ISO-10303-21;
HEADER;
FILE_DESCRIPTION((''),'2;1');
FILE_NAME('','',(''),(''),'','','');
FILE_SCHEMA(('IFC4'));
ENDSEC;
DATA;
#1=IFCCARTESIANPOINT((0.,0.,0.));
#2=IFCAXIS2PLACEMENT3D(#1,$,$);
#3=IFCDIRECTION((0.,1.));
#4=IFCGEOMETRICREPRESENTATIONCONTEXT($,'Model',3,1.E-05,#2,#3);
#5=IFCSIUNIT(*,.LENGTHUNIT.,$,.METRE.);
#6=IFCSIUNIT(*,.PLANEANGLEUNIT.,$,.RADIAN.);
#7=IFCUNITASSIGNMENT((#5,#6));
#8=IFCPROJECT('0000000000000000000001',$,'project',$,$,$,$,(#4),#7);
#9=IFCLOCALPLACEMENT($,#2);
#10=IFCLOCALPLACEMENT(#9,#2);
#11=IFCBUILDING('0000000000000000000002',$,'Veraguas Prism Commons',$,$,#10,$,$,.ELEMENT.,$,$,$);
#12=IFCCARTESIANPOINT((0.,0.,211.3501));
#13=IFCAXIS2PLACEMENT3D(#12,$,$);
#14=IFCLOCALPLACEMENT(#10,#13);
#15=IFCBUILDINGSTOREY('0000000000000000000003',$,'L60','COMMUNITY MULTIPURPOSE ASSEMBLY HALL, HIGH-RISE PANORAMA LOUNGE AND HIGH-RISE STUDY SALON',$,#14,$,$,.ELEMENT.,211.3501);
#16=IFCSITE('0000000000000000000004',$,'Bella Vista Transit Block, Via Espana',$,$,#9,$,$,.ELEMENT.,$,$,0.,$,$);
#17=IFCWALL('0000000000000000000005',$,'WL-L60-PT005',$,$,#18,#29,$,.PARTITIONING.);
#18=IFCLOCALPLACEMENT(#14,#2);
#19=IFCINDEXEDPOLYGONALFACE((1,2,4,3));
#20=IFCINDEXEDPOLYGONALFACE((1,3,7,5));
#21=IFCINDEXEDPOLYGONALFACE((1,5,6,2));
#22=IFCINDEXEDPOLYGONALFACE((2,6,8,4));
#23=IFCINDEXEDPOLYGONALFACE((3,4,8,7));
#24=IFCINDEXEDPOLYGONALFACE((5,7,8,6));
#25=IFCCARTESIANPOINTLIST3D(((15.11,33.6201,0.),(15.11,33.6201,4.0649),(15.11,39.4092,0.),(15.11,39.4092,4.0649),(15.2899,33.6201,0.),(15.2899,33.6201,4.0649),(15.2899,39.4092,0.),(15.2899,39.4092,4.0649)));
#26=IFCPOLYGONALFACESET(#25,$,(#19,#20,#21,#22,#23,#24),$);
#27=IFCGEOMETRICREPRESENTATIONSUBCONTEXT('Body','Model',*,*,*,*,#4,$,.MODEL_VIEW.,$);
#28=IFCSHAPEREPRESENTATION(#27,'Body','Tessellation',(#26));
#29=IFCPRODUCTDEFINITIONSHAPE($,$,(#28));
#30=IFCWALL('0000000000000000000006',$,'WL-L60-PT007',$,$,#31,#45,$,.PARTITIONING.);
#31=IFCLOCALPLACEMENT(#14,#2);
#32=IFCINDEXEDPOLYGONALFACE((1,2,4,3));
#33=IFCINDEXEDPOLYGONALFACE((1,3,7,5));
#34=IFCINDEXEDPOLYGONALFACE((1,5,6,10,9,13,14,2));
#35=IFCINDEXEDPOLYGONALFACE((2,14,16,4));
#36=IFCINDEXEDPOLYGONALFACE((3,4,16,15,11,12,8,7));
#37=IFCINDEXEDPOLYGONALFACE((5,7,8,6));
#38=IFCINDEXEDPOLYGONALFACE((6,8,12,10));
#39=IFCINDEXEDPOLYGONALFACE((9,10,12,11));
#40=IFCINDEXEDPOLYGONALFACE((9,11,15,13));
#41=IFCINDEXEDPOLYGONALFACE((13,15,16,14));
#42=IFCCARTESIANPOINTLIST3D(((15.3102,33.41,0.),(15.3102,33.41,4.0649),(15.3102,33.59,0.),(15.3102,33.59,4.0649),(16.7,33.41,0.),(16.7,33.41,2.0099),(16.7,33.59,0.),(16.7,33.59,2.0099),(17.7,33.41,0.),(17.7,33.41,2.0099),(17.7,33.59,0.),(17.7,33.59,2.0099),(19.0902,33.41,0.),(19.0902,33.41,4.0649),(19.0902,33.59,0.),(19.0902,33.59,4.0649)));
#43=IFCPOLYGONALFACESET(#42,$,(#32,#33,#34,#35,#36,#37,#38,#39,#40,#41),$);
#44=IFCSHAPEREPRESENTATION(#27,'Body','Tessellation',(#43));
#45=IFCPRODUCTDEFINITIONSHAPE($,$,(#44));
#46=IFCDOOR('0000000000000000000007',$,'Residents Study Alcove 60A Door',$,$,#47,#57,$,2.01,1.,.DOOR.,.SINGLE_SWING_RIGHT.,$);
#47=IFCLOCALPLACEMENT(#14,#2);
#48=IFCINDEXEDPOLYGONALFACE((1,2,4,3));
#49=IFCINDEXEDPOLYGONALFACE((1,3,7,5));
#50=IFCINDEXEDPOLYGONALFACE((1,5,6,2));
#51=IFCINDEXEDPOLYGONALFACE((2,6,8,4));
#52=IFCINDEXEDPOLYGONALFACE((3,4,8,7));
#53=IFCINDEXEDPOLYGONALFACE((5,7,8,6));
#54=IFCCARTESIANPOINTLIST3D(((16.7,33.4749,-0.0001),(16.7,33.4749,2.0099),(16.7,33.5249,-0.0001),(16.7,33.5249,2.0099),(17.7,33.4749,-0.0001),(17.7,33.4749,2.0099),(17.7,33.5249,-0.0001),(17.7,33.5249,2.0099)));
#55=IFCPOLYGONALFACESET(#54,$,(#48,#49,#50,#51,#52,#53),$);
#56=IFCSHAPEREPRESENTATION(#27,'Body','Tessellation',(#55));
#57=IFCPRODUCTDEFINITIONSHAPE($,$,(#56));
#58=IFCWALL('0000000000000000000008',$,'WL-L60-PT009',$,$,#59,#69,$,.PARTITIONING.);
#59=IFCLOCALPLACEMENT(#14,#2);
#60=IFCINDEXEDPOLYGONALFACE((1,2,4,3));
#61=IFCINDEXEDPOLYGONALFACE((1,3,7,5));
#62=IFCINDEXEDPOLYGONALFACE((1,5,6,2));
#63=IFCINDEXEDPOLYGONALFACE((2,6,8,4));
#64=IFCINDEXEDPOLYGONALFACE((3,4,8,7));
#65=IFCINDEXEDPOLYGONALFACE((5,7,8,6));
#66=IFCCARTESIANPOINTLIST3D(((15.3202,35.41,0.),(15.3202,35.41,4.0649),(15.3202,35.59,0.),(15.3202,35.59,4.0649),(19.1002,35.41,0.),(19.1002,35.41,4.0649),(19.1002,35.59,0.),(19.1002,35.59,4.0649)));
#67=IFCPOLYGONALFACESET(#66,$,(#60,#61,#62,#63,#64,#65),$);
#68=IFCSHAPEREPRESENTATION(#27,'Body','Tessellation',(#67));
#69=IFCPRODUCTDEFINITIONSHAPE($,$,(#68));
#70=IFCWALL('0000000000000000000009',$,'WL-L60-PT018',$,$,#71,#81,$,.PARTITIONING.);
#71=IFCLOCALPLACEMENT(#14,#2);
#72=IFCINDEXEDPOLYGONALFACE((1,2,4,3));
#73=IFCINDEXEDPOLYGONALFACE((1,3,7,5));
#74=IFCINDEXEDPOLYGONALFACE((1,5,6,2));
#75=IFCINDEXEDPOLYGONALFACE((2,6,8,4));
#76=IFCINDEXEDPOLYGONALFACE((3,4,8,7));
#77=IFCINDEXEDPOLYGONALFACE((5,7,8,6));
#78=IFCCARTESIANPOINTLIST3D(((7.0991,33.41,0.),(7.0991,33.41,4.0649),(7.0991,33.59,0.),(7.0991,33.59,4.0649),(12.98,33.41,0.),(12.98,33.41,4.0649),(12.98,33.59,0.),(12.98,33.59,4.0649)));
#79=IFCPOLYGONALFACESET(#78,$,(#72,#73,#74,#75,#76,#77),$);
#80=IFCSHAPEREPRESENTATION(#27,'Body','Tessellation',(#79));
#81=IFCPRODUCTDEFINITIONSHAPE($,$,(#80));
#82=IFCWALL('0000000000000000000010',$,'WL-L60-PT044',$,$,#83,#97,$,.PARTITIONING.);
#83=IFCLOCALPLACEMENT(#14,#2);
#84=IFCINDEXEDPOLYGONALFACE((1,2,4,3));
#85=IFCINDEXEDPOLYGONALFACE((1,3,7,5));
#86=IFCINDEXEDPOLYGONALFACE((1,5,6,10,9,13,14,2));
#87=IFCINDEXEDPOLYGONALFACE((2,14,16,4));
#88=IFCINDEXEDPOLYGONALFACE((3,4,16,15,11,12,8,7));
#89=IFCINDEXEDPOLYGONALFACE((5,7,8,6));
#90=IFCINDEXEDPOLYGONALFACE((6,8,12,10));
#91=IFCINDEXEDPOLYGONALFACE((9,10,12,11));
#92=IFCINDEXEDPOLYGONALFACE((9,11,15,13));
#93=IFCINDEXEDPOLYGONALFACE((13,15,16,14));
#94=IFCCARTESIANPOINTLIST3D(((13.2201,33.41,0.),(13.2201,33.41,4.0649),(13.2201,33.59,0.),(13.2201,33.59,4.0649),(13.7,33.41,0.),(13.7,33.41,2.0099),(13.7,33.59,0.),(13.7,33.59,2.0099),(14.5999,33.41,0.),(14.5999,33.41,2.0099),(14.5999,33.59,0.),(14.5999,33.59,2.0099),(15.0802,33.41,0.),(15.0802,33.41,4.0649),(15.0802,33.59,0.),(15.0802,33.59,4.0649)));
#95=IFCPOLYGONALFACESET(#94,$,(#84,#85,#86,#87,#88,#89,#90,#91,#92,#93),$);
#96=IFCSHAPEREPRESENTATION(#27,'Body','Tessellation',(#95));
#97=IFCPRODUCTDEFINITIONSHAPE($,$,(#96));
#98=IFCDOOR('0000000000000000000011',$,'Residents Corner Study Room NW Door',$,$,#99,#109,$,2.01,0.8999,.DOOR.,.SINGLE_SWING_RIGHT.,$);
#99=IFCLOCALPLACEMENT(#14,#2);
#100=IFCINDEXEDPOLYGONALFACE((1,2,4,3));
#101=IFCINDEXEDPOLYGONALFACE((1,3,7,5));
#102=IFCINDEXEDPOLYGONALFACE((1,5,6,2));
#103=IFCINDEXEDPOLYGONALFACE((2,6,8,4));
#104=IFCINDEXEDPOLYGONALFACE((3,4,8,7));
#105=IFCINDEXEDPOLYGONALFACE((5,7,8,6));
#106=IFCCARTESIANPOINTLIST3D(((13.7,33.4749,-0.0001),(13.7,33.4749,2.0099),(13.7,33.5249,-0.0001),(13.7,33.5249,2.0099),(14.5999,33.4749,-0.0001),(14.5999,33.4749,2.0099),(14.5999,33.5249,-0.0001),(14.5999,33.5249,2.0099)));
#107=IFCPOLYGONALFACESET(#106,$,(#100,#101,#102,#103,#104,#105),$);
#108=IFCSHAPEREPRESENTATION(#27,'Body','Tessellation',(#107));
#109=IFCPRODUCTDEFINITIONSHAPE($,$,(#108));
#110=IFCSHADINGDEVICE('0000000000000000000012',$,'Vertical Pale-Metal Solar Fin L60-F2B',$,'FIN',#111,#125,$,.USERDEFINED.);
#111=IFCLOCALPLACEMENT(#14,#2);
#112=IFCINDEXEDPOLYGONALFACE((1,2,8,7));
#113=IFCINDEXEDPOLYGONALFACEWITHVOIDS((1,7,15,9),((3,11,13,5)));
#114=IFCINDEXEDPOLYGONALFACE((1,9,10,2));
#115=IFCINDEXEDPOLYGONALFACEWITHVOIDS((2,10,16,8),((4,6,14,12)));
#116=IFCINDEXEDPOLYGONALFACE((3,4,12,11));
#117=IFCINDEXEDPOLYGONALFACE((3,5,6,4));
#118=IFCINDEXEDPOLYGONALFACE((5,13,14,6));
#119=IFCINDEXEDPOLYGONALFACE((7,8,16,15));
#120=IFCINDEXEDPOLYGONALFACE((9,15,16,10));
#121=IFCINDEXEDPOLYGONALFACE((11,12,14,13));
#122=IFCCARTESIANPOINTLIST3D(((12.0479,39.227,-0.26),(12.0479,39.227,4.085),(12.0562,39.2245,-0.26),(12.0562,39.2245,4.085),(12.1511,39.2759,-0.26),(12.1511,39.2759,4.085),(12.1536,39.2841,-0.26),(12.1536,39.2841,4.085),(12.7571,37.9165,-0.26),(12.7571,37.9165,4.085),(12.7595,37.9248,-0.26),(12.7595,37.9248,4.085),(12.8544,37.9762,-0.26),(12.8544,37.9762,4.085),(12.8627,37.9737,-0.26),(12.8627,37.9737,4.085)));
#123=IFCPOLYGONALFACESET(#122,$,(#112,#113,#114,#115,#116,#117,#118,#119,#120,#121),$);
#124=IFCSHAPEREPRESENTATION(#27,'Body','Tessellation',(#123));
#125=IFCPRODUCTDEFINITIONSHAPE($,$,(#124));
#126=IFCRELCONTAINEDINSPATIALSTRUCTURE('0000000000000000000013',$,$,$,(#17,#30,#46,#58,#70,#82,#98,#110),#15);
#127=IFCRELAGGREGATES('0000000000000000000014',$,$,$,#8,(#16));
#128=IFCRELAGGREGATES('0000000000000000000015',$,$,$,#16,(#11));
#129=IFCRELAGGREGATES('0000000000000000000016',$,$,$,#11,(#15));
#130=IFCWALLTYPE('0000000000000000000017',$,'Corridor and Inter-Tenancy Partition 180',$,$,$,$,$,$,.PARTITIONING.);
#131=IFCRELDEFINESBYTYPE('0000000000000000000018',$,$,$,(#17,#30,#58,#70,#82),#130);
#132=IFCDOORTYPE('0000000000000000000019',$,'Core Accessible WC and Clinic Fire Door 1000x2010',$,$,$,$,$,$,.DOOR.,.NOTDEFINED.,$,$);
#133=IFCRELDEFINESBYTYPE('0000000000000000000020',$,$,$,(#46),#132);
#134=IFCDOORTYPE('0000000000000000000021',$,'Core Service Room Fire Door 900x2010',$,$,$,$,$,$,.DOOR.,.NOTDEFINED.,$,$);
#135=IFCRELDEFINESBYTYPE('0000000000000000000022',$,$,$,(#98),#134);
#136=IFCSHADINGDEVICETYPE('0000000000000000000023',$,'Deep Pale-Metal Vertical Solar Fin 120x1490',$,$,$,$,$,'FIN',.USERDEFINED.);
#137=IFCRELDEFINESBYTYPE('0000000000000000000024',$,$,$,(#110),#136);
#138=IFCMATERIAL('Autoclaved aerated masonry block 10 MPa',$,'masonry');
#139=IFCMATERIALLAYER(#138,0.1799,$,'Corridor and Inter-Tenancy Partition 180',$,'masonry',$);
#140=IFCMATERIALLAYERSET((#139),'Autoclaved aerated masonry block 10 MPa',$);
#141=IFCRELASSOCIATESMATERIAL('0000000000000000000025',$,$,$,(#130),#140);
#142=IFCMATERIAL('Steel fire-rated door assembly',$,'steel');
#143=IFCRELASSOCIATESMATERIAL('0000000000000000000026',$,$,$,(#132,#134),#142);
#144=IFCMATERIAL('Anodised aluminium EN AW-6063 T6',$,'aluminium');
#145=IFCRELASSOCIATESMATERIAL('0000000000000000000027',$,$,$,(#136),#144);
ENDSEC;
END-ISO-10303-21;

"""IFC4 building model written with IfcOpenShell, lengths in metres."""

from ifc_helpers import new_model, si_unit, direction, frame, frame_2d, origin, origin_2d, place, context, subcontext, project, spatial, rectangle, hollow_rectangle, extrude, source, transform, mapped, material, layer, layer_set, material_profile, profile_set, type_object, element, fill, save


model = new_model("IFC4")

# Units and contexts
model_context = context("Model", 3, precision=1e-05, world=origin(), true_north=direction((0.0, 1.0)))
body_context = subcontext(model_context, "Body", "Model", "MODEL_VIEW")
ifc_project = project(units=[si_unit("LENGTHUNIT", "METRE"), si_unit("PLANEANGLEUNIT", "RADIAN")], contexts=[model_context])

# Site, building, storey
site_placement = place(None, origin())
site = spatial("IfcSite", under=ifc_project, at=site_placement, Name="Bella Vista Transit Block, Via Espana", CompositionType="ELEMENT", RefElevation=0.0)
building_placement = place(site_placement, origin())
building = spatial("IfcBuilding", under=site, at=building_placement, Name="Veraguas Prism Commons", CompositionType="ELEMENT")
storey_placement = place(building_placement, frame((0.0, 0.0, 211.3501)))
storey = spatial("IfcBuildingStorey", under=building, at=storey_placement, Name="L60", Description="COMMUNITY MULTIPURPOSE ASSEMBLY HALL, HIGH-RISE PANORAMA LOUNGE AND HIGH-RISE STUDY SALON", CompositionType="ELEMENT", Elevation=211.3501)

# Shared definitions
ifc_material_1 = material(Name="Anodised aluminium EN AW-6063 T6", Category="aluminium")

# Wall
ifc_material_2 = material(Name="Autoclaved aerated masonry block 10 MPa", Category="masonry")
ifc_layer_1 = layer(ifc_material_2, 0.1799, Name="Corridor and Inter-Tenancy Partition 180", Category="masonry")
ifc_layer_set_1 = layer_set([ifc_layer_1], Name="Autoclaved aerated masonry block 10 MPa")
wall_type = type_object("IfcWallType", Name="Corridor and Inter-Tenancy Partition 180", PredefinedType="PARTITIONING", material=ifc_layer_set_1)
wall_1_placement = place(storey_placement, frame((15.2, 33.6201, 0.0), z_axis=(0.0, 0.0, 1.0), x_axis=(0.0, 1.0, 0.0)))
element("IfcWall", 1, at=wall_1_placement, inside=storey, type_object=wall_type, Name="WL-L60-PT005", PredefinedType="PARTITIONING", context=body_context, shape_type="SweptSolid", body=[
    extrude(rectangle(XDim=5.7891, YDim=0.1799, at=frame_2d((2.8945, 0.0))), origin(), (0.0, 0.0, 1.0), 4.0649),
])

# Wall, opening, door
wall_2_placement = place(storey_placement, frame((15.3101, 33.5, 0.0), z_axis=(0.0, 0.0, 1.0), x_axis=(1.0, 0.0, 0.0)))
wall_2 = element("IfcWall", 2, at=wall_2_placement, inside=storey, type_object=wall_type, Name="WL-L60-PT007", PredefinedType="PARTITIONING", context=body_context, shape_type="SweptSolid", body=[
    extrude(rectangle(XDim=3.78, YDim=0.1799, at=frame_2d((1.8901, 0.0))), origin(), (0.0, 0.0, 1.0), 4.0649),
])
opening_1_placement = place(wall_2_placement, frame((1.3899, 0.0, 0.0)))
opening_1 = element("IfcOpeningElement", 3, at=opening_1_placement, cuts=wall_2, PredefinedType="OPENING", context=body_context, shape_type="SweptSolid", body=[
    extrude(rectangle(XDim=1.0, YDim=2.01, at=frame_2d((0.5, 1.0049))), frame((0.0, 0.0999, 0.0), z_axis=(0.0, -1.0, 0.0), x_axis=(1.0, 0.0, 0.0)), (0.0, 0.0, 1.0), 0.2),
])
ifc_material_3 = material(Name="Steel fire-rated door assembly", Category="steel")
door_type_1 = type_object("IfcDoorType", Name="Core Accessible WC and Clinic Fire Door 1000x2010", OperationType="NOTDEFINED", PredefinedType="DOOR", material=ifc_material_3)
shared_shape_1 = source(origin(), body_context, "Body", "SweptSolid", [
    extrude(rectangle(XDim=1.0, YDim=2.01, at=frame_2d((0.5, 1.0049))), frame((0.0, 0.0249, 0.0), z_axis=(0.0, -1.0, 0.0), x_axis=(1.0, 0.0, 0.0)), (0.0, 0.0, 1.0), 0.05),
])
door_1_placement = place(opening_1_placement, origin())
door_1 = element("IfcDoor", 4, at=door_1_placement, inside=storey, type_object=door_type_1, Name="Residents Study Alcove 60A Door", OperationType="SINGLE_SWING_RIGHT", OverallHeight=2.01, OverallWidth=1.0, PredefinedType="DOOR", context=body_context, shape_type="MappedRepresentation", body=[
    mapped(shared_shape_1, transform((0.0, 0.0, 0.0), scale=1.0)),
])
fill(opening_1, door_1)

# Walls
wall_3_placement = place(storey_placement, frame((15.3201, 35.5, 0.0), z_axis=(0.0, 0.0, 1.0), x_axis=(1.0, 0.0, 0.0)))
element("IfcWall", 5, at=wall_3_placement, inside=storey, type_object=wall_type, Name="WL-L60-PT009", PredefinedType="PARTITIONING", context=body_context, shape_type="SweptSolid", body=[
    extrude(rectangle(XDim=3.78, YDim=0.1799, at=frame_2d((1.8901, 0.0))), origin(), (0.0, 0.0, 1.0), 4.0649),
])
wall_4_placement = place(storey_placement, frame((12.98, 33.5, 0.0), z_axis=(0.0, 0.0, 1.0), x_axis=(-1.0, 0.0, 0.0)))
element("IfcWall", 6, at=wall_4_placement, inside=storey, type_object=wall_type, Name="WL-L60-PT018", PredefinedType="PARTITIONING", context=body_context, shape_type="SweptSolid", body=[
    extrude(rectangle(XDim=5.8809, YDim=0.1799, at=frame_2d((2.9404, 0.0))), origin(), (0.0, 0.0, 1.0), 4.0649),
])

# Wall, opening, door
wall_5_placement = place(storey_placement, frame((13.22, 33.5, 0.0), z_axis=(0.0, 0.0, 1.0), x_axis=(1.0, 0.0, 0.0)))
wall_5 = element("IfcWall", 7, at=wall_5_placement, inside=storey, type_object=wall_type, Name="WL-L60-PT044", PredefinedType="PARTITIONING", context=body_context, shape_type="SweptSolid", body=[
    extrude(rectangle(XDim=1.8601, YDim=0.1799, at=frame_2d((0.9302, 0.0))), origin(), (0.0, 0.0, 1.0), 4.0649),
])
opening_2_placement = place(wall_5_placement, frame((0.48, 0.0, 0.0)))
opening_2 = element("IfcOpeningElement", 8, at=opening_2_placement, cuts=wall_5, PredefinedType="OPENING", context=body_context, shape_type="SweptSolid", body=[
    extrude(rectangle(XDim=0.8999, YDim=2.01, at=frame_2d((0.45, 1.0049))), frame((0.0, 0.0999, 0.0), z_axis=(0.0, -1.0, 0.0), x_axis=(1.0, 0.0, 0.0)), (0.0, 0.0, 1.0), 0.2),
])
door_type_2 = type_object("IfcDoorType", Name="Core Service Room Fire Door 900x2010", OperationType="NOTDEFINED", PredefinedType="DOOR", material=ifc_material_3)
shared_shape_2 = source(origin(), body_context, "Body", "SweptSolid", [
    extrude(rectangle(XDim=0.8999, YDim=2.01, at=frame_2d((0.45, 1.0049))), frame((0.0, 0.0249, 0.0), z_axis=(0.0, -1.0, 0.0), x_axis=(1.0, 0.0, 0.0)), (0.0, 0.0, 1.0), 0.05),
])
door_2_placement = place(opening_2_placement, origin())
door_2 = element("IfcDoor", 9, at=door_2_placement, inside=storey, type_object=door_type_2, Name="Residents Corner Study Room NW Door", OperationType="SINGLE_SWING_RIGHT", OverallHeight=2.01, OverallWidth=0.8999, PredefinedType="DOOR", context=body_context, shape_type="MappedRepresentation", body=[
    mapped(shared_shape_2, transform((0.0, 0.0, 0.0), scale=1.0)),
])
fill(opening_2, door_2)

# Shading device
ifc_material_profile_1 = material_profile(ifc_material_1, hollow_rectangle(XDim=0.1201, YDim=1.49, WallThickness=0.0061, at=origin_2d()), Name="FIN120X1490X6")
ifc_profile_set_1 = profile_set([ifc_material_profile_1], Name="Anodised aluminium EN AW-6063 T6")
shading_device_type = type_object("IfcShadingDeviceType", Name="Deep Pale-Metal Vertical Solar Fin 120x1490", ElementType="FIN", PredefinedType="USERDEFINED", material=ifc_profile_set_1)
shading_device_placement = place(storey_placement, frame((12.4553, 38.6003, -0.26), z_axis=(0.0, 0.0, 1.0), x_axis=(-0.879482, -0.475931, 0.0)))
element("IfcShadingDevice", 10, at=shading_device_placement, inside=storey, type_object=shading_device_type, Name="Vertical Pale-Metal Solar Fin L60-F2B", ObjectType="FIN", PredefinedType="USERDEFINED", context=body_context, shape_type="SweptSolid", body=[
    extrude(hollow_rectangle(XDim=0.1201, YDim=1.49, WallThickness=0.0061, at=origin_2d()), origin(), (0.0, 0.0, 1.0), 4.345),
])

save(model, "model.ifc")
